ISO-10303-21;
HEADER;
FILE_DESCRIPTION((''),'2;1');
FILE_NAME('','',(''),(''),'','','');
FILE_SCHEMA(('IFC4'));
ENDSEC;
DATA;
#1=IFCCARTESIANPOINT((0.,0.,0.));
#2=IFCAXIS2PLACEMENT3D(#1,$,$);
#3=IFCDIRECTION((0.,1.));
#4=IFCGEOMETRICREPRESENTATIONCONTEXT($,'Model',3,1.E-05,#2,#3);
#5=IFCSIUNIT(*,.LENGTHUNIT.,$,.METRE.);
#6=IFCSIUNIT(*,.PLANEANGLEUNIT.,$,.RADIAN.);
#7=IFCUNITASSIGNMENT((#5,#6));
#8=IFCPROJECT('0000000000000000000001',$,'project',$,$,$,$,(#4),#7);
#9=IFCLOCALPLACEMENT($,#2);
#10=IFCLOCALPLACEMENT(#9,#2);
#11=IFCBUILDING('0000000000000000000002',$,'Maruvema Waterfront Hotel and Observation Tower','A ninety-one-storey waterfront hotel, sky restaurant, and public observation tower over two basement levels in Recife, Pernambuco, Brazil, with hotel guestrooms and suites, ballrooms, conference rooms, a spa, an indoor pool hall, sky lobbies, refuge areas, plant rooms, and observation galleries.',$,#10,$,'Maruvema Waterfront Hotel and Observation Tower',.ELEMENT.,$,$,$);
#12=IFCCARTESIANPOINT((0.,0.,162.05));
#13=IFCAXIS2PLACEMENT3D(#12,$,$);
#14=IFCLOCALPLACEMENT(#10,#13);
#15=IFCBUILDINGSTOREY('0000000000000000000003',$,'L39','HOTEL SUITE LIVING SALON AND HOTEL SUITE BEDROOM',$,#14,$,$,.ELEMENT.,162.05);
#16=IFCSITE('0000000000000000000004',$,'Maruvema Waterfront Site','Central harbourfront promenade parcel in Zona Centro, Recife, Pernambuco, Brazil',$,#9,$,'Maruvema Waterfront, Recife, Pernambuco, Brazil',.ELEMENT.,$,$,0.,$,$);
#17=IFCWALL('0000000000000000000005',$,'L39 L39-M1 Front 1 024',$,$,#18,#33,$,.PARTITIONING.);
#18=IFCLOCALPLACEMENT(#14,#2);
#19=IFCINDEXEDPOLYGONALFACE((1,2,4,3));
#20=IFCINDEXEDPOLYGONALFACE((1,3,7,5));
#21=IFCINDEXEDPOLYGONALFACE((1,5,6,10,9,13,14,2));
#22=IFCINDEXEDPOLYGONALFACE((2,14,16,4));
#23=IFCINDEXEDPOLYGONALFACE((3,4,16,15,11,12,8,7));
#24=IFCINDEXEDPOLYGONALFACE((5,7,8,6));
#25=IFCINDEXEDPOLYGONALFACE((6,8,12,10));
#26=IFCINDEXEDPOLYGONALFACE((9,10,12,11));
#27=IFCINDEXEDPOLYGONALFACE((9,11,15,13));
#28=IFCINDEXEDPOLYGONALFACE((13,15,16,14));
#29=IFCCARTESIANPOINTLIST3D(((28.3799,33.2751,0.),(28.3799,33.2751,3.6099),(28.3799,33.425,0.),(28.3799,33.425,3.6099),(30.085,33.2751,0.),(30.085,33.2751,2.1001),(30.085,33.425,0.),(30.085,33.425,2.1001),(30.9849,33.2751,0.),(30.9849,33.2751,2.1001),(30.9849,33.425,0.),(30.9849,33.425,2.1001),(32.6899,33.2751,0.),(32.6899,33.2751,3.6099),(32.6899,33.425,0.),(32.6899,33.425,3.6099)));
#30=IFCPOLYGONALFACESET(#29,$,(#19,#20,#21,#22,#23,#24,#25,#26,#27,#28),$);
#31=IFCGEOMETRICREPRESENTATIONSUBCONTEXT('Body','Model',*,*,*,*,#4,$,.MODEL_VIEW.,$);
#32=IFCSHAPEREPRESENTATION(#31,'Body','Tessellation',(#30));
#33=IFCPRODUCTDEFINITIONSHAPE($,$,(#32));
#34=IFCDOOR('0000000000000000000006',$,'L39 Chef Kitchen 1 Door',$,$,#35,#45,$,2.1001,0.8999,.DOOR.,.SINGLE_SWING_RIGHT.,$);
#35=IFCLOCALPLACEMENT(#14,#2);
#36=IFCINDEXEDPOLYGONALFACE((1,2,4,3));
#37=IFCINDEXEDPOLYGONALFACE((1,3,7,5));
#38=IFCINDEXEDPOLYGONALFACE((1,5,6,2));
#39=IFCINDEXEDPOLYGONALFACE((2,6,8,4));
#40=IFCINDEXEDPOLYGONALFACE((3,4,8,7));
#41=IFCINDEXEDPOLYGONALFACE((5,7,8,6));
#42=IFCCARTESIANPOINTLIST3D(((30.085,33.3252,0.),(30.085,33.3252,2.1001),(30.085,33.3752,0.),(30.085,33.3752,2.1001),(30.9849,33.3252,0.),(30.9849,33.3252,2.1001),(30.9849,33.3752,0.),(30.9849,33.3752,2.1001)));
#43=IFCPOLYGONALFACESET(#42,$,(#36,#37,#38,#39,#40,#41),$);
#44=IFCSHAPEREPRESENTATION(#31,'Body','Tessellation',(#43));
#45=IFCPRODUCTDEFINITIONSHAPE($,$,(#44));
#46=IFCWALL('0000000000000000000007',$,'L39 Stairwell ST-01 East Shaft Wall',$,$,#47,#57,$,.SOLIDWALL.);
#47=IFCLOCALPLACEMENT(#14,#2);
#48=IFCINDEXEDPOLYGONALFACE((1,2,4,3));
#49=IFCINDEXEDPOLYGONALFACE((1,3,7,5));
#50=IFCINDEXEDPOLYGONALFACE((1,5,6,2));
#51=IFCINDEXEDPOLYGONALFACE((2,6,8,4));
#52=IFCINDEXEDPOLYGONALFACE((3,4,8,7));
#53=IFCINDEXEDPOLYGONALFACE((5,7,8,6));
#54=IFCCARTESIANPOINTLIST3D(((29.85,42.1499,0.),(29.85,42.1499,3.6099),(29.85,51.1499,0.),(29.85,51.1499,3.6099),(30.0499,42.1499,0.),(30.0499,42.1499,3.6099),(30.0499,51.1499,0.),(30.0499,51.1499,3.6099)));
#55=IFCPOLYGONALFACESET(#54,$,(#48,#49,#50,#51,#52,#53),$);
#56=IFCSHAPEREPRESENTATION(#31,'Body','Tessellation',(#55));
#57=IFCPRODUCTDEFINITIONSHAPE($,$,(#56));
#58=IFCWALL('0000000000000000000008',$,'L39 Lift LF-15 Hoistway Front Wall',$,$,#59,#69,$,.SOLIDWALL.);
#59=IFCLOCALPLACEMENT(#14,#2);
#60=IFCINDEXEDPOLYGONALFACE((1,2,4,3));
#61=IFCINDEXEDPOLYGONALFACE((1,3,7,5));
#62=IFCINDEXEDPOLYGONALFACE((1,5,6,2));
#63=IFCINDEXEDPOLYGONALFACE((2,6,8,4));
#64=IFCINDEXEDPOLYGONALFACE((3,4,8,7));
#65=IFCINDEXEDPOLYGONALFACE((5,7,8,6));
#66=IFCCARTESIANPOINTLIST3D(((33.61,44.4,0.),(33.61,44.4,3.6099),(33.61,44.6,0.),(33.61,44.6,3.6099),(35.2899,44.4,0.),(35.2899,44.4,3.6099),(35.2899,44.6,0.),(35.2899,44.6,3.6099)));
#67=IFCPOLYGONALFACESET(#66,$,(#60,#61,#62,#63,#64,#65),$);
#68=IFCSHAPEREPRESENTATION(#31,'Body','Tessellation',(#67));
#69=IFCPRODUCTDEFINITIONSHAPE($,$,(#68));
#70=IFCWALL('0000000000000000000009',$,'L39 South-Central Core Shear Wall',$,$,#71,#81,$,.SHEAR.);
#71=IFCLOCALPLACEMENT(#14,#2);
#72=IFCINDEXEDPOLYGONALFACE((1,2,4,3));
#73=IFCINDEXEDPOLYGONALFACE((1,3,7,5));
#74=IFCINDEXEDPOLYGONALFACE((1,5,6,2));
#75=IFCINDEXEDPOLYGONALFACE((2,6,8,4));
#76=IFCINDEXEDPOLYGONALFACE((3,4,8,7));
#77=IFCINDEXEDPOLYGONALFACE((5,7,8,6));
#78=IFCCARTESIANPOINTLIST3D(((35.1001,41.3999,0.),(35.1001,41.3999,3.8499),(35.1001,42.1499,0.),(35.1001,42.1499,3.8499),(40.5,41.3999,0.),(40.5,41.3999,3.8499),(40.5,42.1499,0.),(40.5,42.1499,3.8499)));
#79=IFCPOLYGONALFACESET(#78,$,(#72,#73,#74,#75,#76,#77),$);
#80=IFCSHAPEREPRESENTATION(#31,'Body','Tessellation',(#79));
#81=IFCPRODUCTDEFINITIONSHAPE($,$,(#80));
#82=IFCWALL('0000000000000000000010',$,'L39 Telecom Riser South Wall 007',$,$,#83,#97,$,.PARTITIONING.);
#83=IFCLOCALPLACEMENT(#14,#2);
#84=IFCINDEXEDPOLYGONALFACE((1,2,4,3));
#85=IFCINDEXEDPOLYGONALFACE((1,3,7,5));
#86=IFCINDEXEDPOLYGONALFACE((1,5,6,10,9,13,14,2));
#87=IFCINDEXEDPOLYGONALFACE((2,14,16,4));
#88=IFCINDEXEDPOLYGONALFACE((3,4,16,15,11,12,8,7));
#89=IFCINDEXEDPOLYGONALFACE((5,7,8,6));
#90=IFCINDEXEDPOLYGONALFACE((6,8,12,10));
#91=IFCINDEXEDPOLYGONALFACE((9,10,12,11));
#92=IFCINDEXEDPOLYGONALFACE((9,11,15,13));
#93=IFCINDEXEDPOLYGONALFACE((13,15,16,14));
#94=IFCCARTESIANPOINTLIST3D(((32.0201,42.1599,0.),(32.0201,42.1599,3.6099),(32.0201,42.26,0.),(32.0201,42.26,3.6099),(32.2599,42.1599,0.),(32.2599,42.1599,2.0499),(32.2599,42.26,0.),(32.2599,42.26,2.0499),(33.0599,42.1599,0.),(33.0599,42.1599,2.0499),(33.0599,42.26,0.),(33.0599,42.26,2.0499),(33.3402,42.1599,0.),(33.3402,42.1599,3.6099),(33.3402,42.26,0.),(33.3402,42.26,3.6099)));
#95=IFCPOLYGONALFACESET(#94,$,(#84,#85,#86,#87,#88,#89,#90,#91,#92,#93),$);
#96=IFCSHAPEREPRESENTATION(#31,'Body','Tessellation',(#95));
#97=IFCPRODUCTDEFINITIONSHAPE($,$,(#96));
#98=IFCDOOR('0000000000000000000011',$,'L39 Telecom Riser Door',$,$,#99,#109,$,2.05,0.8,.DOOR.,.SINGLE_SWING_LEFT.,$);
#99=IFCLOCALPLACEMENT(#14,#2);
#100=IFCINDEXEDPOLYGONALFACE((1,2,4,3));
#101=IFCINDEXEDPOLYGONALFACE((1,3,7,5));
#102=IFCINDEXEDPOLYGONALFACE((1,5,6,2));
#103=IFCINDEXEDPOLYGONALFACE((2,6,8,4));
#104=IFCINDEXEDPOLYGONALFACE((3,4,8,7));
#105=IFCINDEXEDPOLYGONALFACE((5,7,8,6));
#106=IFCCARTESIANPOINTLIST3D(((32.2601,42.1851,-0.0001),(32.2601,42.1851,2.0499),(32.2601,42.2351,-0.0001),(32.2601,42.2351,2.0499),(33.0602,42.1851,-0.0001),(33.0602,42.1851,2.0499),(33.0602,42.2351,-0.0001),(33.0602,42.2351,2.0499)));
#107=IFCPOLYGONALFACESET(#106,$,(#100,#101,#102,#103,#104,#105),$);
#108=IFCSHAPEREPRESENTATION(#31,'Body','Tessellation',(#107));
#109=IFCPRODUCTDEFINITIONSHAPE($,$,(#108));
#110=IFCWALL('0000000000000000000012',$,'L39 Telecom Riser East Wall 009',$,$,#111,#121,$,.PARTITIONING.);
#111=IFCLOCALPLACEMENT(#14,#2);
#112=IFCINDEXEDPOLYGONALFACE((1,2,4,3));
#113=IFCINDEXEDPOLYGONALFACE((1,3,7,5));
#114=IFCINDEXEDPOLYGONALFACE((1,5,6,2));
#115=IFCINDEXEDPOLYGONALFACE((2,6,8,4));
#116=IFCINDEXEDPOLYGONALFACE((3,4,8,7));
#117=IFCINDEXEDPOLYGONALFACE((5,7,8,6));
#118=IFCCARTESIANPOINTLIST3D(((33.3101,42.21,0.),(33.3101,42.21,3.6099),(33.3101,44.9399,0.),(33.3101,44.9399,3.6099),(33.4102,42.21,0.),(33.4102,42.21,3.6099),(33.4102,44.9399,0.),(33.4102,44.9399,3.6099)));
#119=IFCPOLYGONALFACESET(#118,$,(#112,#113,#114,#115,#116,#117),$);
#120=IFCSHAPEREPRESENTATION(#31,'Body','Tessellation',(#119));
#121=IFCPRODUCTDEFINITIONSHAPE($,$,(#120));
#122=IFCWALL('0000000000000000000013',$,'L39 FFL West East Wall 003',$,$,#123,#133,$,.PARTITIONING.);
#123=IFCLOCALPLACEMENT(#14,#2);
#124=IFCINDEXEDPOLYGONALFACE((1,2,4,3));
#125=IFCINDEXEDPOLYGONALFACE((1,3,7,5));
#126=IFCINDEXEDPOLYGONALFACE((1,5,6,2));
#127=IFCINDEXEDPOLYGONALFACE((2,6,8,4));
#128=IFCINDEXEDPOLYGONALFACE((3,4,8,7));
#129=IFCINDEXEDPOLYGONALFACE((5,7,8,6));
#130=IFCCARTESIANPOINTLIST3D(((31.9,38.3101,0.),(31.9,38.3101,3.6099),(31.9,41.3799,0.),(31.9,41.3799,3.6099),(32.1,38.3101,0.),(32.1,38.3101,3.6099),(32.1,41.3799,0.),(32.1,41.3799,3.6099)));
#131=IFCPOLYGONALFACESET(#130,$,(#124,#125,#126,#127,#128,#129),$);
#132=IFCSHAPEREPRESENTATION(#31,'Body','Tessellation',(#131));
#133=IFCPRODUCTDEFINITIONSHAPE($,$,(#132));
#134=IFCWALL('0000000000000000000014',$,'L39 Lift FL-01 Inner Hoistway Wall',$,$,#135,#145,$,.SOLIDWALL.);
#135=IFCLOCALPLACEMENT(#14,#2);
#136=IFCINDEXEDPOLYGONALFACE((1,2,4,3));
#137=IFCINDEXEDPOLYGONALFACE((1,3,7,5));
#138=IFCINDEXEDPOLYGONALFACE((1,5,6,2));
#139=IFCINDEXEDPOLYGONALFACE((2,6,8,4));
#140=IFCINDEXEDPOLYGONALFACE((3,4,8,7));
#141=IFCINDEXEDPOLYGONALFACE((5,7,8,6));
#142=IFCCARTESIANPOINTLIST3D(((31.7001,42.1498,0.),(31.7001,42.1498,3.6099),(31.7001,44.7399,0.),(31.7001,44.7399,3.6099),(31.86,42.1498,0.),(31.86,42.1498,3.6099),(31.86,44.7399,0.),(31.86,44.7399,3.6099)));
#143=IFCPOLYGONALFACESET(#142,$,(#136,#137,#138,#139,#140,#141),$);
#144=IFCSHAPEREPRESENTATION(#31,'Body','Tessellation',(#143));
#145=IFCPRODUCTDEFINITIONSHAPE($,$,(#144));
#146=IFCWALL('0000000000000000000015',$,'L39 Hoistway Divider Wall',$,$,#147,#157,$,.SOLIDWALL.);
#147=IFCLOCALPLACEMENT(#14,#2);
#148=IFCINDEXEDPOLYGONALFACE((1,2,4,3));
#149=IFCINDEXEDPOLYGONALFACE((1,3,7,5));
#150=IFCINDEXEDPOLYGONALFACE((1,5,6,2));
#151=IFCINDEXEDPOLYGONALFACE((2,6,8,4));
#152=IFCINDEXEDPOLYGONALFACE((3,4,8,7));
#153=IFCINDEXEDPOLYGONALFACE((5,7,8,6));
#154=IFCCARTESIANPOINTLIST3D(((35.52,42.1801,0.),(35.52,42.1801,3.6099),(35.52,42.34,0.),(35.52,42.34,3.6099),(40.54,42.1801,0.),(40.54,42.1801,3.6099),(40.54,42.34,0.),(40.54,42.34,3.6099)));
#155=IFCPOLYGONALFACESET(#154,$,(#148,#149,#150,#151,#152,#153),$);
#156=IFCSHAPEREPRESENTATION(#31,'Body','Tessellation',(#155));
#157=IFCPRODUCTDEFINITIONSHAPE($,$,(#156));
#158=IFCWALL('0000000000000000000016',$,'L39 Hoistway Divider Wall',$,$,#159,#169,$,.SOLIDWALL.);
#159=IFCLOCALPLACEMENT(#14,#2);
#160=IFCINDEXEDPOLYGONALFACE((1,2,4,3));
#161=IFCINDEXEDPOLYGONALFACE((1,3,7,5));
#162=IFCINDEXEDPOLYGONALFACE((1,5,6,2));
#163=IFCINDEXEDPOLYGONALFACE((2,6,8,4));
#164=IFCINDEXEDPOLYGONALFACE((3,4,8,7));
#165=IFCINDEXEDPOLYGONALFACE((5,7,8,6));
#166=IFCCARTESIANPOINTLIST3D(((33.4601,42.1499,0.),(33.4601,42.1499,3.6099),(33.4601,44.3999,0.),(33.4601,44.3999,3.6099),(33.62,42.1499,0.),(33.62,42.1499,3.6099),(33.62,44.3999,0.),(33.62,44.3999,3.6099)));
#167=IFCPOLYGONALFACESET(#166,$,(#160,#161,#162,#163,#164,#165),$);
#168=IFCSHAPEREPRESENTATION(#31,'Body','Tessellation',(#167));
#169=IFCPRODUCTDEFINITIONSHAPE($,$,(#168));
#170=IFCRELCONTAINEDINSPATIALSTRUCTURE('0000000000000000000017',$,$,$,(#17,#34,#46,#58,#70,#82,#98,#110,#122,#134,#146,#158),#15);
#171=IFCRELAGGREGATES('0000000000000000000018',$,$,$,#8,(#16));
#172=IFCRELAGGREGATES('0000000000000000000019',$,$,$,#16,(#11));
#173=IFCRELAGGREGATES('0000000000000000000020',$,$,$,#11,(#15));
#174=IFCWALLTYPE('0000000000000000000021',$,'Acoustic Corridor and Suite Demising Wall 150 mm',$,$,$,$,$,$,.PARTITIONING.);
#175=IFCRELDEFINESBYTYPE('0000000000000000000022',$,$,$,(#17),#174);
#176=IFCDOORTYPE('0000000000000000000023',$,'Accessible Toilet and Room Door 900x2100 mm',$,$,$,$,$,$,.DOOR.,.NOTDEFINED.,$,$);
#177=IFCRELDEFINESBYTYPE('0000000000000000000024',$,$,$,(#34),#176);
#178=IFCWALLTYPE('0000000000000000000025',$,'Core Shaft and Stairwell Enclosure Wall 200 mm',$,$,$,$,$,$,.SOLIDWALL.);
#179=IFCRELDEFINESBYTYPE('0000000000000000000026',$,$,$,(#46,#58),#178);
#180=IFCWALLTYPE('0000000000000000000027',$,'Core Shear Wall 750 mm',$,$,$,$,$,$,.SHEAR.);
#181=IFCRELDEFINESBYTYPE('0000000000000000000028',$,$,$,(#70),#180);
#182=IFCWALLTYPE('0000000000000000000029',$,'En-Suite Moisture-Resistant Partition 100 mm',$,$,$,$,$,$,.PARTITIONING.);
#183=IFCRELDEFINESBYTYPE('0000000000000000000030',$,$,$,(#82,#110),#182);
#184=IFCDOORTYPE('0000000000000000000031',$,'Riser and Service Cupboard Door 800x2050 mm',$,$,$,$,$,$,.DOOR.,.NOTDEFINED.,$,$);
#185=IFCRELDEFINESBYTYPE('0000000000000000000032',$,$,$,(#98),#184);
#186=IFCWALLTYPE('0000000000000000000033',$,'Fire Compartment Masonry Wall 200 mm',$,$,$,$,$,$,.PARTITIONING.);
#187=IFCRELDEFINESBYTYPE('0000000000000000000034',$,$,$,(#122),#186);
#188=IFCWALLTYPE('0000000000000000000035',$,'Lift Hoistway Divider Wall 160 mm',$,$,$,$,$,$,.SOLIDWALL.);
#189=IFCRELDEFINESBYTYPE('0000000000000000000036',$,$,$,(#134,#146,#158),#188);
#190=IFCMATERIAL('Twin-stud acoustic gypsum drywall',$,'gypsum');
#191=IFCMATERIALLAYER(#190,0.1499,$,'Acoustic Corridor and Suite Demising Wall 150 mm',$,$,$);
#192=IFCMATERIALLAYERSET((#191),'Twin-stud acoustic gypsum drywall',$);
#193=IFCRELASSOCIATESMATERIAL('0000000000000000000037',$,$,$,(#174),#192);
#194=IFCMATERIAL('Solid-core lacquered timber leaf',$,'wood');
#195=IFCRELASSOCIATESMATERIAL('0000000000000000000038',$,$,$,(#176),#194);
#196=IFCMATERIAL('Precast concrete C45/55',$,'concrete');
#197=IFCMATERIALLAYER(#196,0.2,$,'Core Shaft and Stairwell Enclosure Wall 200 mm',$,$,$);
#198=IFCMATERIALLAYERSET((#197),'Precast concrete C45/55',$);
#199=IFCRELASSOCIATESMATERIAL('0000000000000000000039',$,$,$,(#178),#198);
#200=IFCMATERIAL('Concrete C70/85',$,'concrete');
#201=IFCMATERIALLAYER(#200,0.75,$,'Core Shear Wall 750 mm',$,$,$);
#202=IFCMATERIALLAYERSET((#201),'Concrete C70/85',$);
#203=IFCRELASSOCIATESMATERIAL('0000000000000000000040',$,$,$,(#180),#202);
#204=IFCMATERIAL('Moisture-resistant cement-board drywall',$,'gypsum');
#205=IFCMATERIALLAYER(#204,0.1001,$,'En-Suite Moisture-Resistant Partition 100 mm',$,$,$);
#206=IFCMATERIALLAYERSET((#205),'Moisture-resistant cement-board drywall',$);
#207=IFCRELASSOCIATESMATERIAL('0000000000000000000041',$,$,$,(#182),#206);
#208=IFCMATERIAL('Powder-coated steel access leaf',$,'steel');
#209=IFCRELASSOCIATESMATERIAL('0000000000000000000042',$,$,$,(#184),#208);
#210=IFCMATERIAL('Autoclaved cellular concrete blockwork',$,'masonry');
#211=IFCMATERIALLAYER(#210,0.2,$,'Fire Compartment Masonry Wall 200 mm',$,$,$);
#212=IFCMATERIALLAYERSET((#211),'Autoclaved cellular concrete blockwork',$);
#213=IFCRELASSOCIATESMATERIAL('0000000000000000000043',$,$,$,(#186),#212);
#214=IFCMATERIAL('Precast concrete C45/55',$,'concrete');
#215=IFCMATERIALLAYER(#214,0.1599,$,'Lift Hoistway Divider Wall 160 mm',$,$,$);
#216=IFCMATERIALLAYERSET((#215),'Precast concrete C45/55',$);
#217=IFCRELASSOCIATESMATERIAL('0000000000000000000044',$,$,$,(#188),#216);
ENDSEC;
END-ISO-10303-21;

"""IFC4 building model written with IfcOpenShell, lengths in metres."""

from ifc_helpers import new_model, si_unit, direction, frame, frame_2d, origin, place, context, subcontext, project, spatial, rectangle, extrude, material, layer, layer_set, type_object, element, fill, save


model = new_model("IFC4")

# Units and contexts
model_context = context("Model", 3, precision=1e-05, world=origin(), true_north=direction((0.0, 1.0)))
body_context = subcontext(model_context, "Body", "Model", "MODEL_VIEW")
ifc_project = project(units=[si_unit("LENGTHUNIT", "METRE"), si_unit("PLANEANGLEUNIT", "RADIAN")], contexts=[model_context])

# Site, building, storey
site_placement = place(None, origin())
site = spatial("IfcSite", under=ifc_project, at=site_placement, Name="Maruvema Waterfront Site", Description="Central harbourfront promenade parcel in Zona Centro, Recife, Pernambuco, Brazil", LongName="Maruvema Waterfront, Recife, Pernambuco, Brazil", CompositionType="ELEMENT", RefElevation=0.0)
building_placement = place(site_placement, origin())
building = spatial("IfcBuilding", under=site, at=building_placement, Name="Maruvema Waterfront Hotel and Observation Tower", Description="A ninety-one-storey waterfront hotel, sky restaurant, and public observation tower over two basement levels in Recife, Pernambuco, Brazil, with hotel guestrooms and suites, ballrooms, conference rooms, a spa, an indoor pool hall, sky lobbies, refuge areas, plant rooms, and observation galleries.", LongName="Maruvema Waterfront Hotel and Observation Tower", CompositionType="ELEMENT")
storey_placement = place(building_placement, frame((0.0, 0.0, 162.05)))
storey = spatial("IfcBuildingStorey", under=building, at=storey_placement, Name="L39", Description="HOTEL SUITE LIVING SALON AND HOTEL SUITE BEDROOM", CompositionType="ELEMENT", Elevation=162.05)

# Shared definitions
ifc_material_1 = material(Name="Twin-stud acoustic gypsum drywall", Category="gypsum")
ifc_layer_1 = layer(ifc_material_1, 0.1499, Name="Acoustic Corridor and Suite Demising Wall 150 mm")
ifc_layer_set_1 = layer_set([ifc_layer_1], Name="Twin-stud acoustic gypsum drywall")
wall_type_1 = type_object("IfcWallType", Name="Acoustic Corridor and Suite Demising Wall 150 mm", PredefinedType="PARTITIONING", material=ifc_layer_set_1)
ifc_material_2 = material(Name="Solid-core lacquered timber leaf", Category="wood")
door_type_1 = type_object("IfcDoorType", Name="Accessible Toilet and Room Door 900x2100 mm", OperationType="NOTDEFINED", PredefinedType="DOOR", material=ifc_material_2)

# Wall, opening, door
wall_1_placement = place(storey_placement, frame((28.3799, 33.3501, 0.0), z_axis=(0.0, 0.0, 1.0), x_axis=(1.0, 0.0, 0.0)))
wall_1 = element("IfcWall", 1, at=wall_1_placement, inside=storey, type_object=wall_type_1, Name="L39 L39-M1 Front 1 024", PredefinedType="PARTITIONING", context=body_context, shape_type="SweptSolid", body=[
    extrude(rectangle(XDim=4.3101, YDim=0.1499, at=frame_2d((2.155, 0.0))), origin(), (0.0, 0.0, 1.0), 3.6099),
])
opening_1_placement = place(wall_1_placement, frame((1.7051, 0.0, 0.0)))
opening_1 = element("IfcOpeningElement", 2, at=opening_1_placement, cuts=wall_1, PredefinedType="OPENING", context=body_context, shape_type="SweptSolid", body=[
    extrude(rectangle(XDim=0.8999, YDim=2.1001, at=frame_2d((0.45, 1.05))), frame((0.0, 0.085, 0.0), z_axis=(0.0, -1.0, 0.0), x_axis=(1.0, 0.0, 0.0)), (0.0, 0.0, 1.0), 0.1699),
])
door_1_placement = place(opening_1_placement, frame((0.8999, 0.0, 0.0), z_axis=(0.0, 0.0, 1.0), x_axis=(-1.0, 0.0, 0.0)))
door_1 = element("IfcDoor", 3, at=door_1_placement, inside=storey, type_object=door_type_1, Name="L39 Chef Kitchen 1 Door", OperationType="SINGLE_SWING_RIGHT", OverallHeight=2.1001, OverallWidth=0.8999, PredefinedType="DOOR", context=body_context, shape_type="SweptSolid", body=[
    extrude(rectangle(XDim=0.8999, YDim=2.1001, at=frame_2d((0.45, 1.05))), frame((0.0, 0.0249, 0.0), z_axis=(0.0, -1.0, 0.0), x_axis=(1.0, 0.0, 0.0)), (0.0, 0.0, 1.0), 0.05),
])
fill(opening_1, door_1)

# Walls
ifc_material_3 = material(Name="Precast concrete C45/55", Category="concrete")
ifc_layer_2 = layer(ifc_material_3, 0.2, Name="Core Shaft and Stairwell Enclosure Wall 200 mm")
ifc_layer_set_2 = layer_set([ifc_layer_2], Name="Precast concrete C45/55")
wall_type_2 = type_object("IfcWallType", Name="Core Shaft and Stairwell Enclosure Wall 200 mm", PredefinedType="SOLIDWALL", material=ifc_layer_set_2)
wall_2_placement = place(storey_placement, frame((29.95, 42.1499, 0.0), z_axis=(0.0, 0.0, 1.0), x_axis=(0.0, 1.0, 0.0)))
element("IfcWall", 4, at=wall_2_placement, inside=storey, type_object=wall_type_2, Name="L39 Stairwell ST-01 East Shaft Wall", PredefinedType="SOLIDWALL", context=body_context, shape_type="SweptSolid", body=[
    extrude(rectangle(XDim=9.0, YDim=0.2, at=frame_2d((4.5, 0.0))), origin(), (0.0, 0.0, 1.0), 3.6099),
])
wall_3_placement = place(storey_placement, frame((33.6101, 44.5, 0.0), z_axis=(0.0, 0.0, 1.0), x_axis=(1.0, 0.0, 0.0)))
element("IfcWall", 5, at=wall_3_placement, inside=storey, type_object=wall_type_2, Name="L39 Lift LF-15 Hoistway Front Wall", PredefinedType="SOLIDWALL", context=body_context, shape_type="SweptSolid", body=[
    extrude(rectangle(XDim=1.6799, YDim=0.2, at=frame_2d((0.8398, 0.0))), origin(), (0.0, 0.0, 1.0), 3.6099),
])
ifc_material_4 = material(Name="Concrete C70/85", Category="concrete")
ifc_layer_3 = layer(ifc_material_4, 0.75, Name="Core Shear Wall 750 mm")
ifc_layer_set_3 = layer_set([ifc_layer_3], Name="Concrete C70/85")
wall_type_3 = type_object("IfcWallType", Name="Core Shear Wall 750 mm", PredefinedType="SHEAR", material=ifc_layer_set_3)
wall_4_placement = place(storey_placement, frame((35.1001, 41.7749, 0.0), z_axis=(0.0, 0.0, 1.0), x_axis=(1.0, 0.0, 0.0)))
element("IfcWall", 6, at=wall_4_placement, inside=storey, type_object=wall_type_3, Name="L39 South-Central Core Shear Wall", PredefinedType="SHEAR", context=body_context, shape_type="SweptSolid", body=[
    extrude(rectangle(XDim=5.3999, YDim=0.75, at=frame_2d((2.7, 0.0))), origin(), (0.0, 0.0, 1.0), 3.8499),
])

# Wall, opening, door
ifc_material_5 = material(Name="Moisture-resistant cement-board drywall", Category="gypsum")
ifc_layer_4 = layer(ifc_material_5, 0.1001, Name="En-Suite Moisture-Resistant Partition 100 mm")
ifc_layer_set_4 = layer_set([ifc_layer_4], Name="Moisture-resistant cement-board drywall")
wall_type_4 = type_object("IfcWallType", Name="En-Suite Moisture-Resistant Partition 100 mm", PredefinedType="PARTITIONING", material=ifc_layer_set_4)
wall_5_placement = place(storey_placement, frame((32.02, 42.21, 0.0), z_axis=(0.0, 0.0, 1.0), x_axis=(1.0, 0.0, 0.0)))
wall_5 = element("IfcWall", 7, at=wall_5_placement, inside=storey, type_object=wall_type_4, Name="L39 Telecom Riser South Wall 007", PredefinedType="PARTITIONING", context=body_context, shape_type="SweptSolid", body=[
    extrude(rectangle(XDim=1.3201, YDim=0.1001, at=frame_2d((0.6602, 0.0))), origin(), (0.0, 0.0, 1.0), 3.6099),
])
opening_2_placement = place(wall_5_placement, frame((0.24, 0.0, 0.0)))
opening_2 = element("IfcOpeningElement", 8, at=opening_2_placement, cuts=wall_5, PredefinedType="OPENING", context=body_context, shape_type="SweptSolid", body=[
    extrude(rectangle(XDim=0.8, YDim=2.05, at=frame_2d((0.3999, 1.0249))), frame((0.0, 0.0601, 0.0), z_axis=(0.0, -1.0, 0.0), x_axis=(1.0, 0.0, 0.0)), (0.0, 0.0, 1.0), 0.1201),
])
ifc_material_6 = material(Name="Powder-coated steel access leaf", Category="steel")
door_type_2 = type_object("IfcDoorType", Name="Riser and Service Cupboard Door 800x2050 mm", OperationType="NOTDEFINED", PredefinedType="DOOR", material=ifc_material_6)
door_2_placement = place(opening_2_placement, frame((0.8, 0.0, 0.0), z_axis=(0.0, 0.0, 1.0), x_axis=(-1.0, 0.0, 0.0)))
door_2 = element("IfcDoor", 9, at=door_2_placement, inside=storey, type_object=door_type_2, Name="L39 Telecom Riser Door", OperationType="SINGLE_SWING_LEFT", OverallHeight=2.05, OverallWidth=0.8, PredefinedType="DOOR", context=body_context, shape_type="SweptSolid", body=[
    extrude(rectangle(XDim=0.8, YDim=2.05, at=frame_2d((0.3999, 1.0249))), frame((0.0, 0.0249, 0.0), z_axis=(0.0, -1.0, 0.0), x_axis=(1.0, 0.0, 0.0)), (0.0, 0.0, 1.0), 0.05),
])
fill(opening_2, door_2)

# Walls
wall_6_placement = place(storey_placement, frame((33.3601, 42.21, 0.0), z_axis=(0.0, 0.0, 1.0), x_axis=(0.0, 1.0, 0.0)))
element("IfcWall", 10, at=wall_6_placement, inside=storey, type_object=wall_type_4, Name="L39 Telecom Riser East Wall 009", PredefinedType="PARTITIONING", context=body_context, shape_type="SweptSolid", body=[
    extrude(rectangle(XDim=2.73, YDim=0.1001, at=frame_2d((1.365, 0.0))), origin(), (0.0, 0.0, 1.0), 3.6099),
])
ifc_material_7 = material(Name="Autoclaved cellular concrete blockwork", Category="masonry")
ifc_layer_5 = layer(ifc_material_7, 0.2, Name="Fire Compartment Masonry Wall 200 mm")
ifc_layer_set_5 = layer_set([ifc_layer_5], Name="Autoclaved cellular concrete blockwork")
wall_type_5 = type_object("IfcWallType", Name="Fire Compartment Masonry Wall 200 mm", PredefinedType="PARTITIONING", material=ifc_layer_set_5)
wall_7_placement = place(storey_placement, frame((32.0, 38.3101, 0.0), z_axis=(0.0, 0.0, 1.0), x_axis=(0.0, 1.0, 0.0)))
element("IfcWall", 11, at=wall_7_placement, inside=storey, type_object=wall_type_5, Name="L39 FFL West East Wall 003", PredefinedType="PARTITIONING", context=body_context, shape_type="SweptSolid", body=[
    extrude(rectangle(XDim=3.0698, YDim=0.2, at=frame_2d((1.5349, 0.0))), origin(), (0.0, 0.0, 1.0), 3.6099),
])
ifc_material_8 = material(Name="Precast concrete C45/55", Category="concrete")
ifc_layer_6 = layer(ifc_material_8, 0.1599, Name="Lift Hoistway Divider Wall 160 mm")
ifc_layer_set_6 = layer_set([ifc_layer_6], Name="Precast concrete C45/55")
wall_type_6 = type_object("IfcWallType", Name="Lift Hoistway Divider Wall 160 mm", PredefinedType="SOLIDWALL", material=ifc_layer_set_6)
wall_8_placement = place(storey_placement, frame((31.78, 42.1499, 0.0), z_axis=(0.0, 0.0, 1.0), x_axis=(0.0, 1.0, 0.0)))
element("IfcWall", 12, at=wall_8_placement, inside=storey, type_object=wall_type_6, Name="L39 Lift FL-01 Inner Hoistway Wall", PredefinedType="SOLIDWALL", context=body_context, shape_type="SweptSolid", body=[
    extrude(rectangle(XDim=2.5901, YDim=0.1599, at=frame_2d((1.2949, 0.0))), origin(), (0.0, 0.0, 1.0), 3.6099),
])
wall_9_placement = place(storey_placement, frame((35.52, 42.26, 0.0), z_axis=(0.0, 0.0, 1.0), x_axis=(1.0, 0.0, 0.0)))
element("IfcWall", 13, at=wall_9_placement, inside=storey, type_object=wall_type_6, Name="L39 Hoistway Divider Wall", PredefinedType="SOLIDWALL", context=body_context, shape_type="SweptSolid", body=[
    extrude(rectangle(XDim=5.02, YDim=0.1599, at=frame_2d((2.51, 0.0))), origin(), (0.0, 0.0, 1.0), 3.6099),
])
for number, where, z_axis, x_axis, name in (
    (14, (33.54, 42.1499, 0.0), (0.0, 0.0, 1.0), (0.0, 1.0, 0.0), "L39 Hoistway Divider Wall"),
):
    element("IfcWall", number, at=place(storey_placement, frame(where, z_axis=z_axis, x_axis=x_axis)), inside=storey, type_object=wall_type_6, Name=name, PredefinedType="SOLIDWALL", context=body_context, shape_type="SweptSolid", body=[
        extrude(rectangle(XDim=2.25, YDim=0.1599, at=frame_2d((1.125, 0.0))), origin(), (0.0, 0.0, 1.0), 3.6099),
    ])

save(model, "model.ifc")
